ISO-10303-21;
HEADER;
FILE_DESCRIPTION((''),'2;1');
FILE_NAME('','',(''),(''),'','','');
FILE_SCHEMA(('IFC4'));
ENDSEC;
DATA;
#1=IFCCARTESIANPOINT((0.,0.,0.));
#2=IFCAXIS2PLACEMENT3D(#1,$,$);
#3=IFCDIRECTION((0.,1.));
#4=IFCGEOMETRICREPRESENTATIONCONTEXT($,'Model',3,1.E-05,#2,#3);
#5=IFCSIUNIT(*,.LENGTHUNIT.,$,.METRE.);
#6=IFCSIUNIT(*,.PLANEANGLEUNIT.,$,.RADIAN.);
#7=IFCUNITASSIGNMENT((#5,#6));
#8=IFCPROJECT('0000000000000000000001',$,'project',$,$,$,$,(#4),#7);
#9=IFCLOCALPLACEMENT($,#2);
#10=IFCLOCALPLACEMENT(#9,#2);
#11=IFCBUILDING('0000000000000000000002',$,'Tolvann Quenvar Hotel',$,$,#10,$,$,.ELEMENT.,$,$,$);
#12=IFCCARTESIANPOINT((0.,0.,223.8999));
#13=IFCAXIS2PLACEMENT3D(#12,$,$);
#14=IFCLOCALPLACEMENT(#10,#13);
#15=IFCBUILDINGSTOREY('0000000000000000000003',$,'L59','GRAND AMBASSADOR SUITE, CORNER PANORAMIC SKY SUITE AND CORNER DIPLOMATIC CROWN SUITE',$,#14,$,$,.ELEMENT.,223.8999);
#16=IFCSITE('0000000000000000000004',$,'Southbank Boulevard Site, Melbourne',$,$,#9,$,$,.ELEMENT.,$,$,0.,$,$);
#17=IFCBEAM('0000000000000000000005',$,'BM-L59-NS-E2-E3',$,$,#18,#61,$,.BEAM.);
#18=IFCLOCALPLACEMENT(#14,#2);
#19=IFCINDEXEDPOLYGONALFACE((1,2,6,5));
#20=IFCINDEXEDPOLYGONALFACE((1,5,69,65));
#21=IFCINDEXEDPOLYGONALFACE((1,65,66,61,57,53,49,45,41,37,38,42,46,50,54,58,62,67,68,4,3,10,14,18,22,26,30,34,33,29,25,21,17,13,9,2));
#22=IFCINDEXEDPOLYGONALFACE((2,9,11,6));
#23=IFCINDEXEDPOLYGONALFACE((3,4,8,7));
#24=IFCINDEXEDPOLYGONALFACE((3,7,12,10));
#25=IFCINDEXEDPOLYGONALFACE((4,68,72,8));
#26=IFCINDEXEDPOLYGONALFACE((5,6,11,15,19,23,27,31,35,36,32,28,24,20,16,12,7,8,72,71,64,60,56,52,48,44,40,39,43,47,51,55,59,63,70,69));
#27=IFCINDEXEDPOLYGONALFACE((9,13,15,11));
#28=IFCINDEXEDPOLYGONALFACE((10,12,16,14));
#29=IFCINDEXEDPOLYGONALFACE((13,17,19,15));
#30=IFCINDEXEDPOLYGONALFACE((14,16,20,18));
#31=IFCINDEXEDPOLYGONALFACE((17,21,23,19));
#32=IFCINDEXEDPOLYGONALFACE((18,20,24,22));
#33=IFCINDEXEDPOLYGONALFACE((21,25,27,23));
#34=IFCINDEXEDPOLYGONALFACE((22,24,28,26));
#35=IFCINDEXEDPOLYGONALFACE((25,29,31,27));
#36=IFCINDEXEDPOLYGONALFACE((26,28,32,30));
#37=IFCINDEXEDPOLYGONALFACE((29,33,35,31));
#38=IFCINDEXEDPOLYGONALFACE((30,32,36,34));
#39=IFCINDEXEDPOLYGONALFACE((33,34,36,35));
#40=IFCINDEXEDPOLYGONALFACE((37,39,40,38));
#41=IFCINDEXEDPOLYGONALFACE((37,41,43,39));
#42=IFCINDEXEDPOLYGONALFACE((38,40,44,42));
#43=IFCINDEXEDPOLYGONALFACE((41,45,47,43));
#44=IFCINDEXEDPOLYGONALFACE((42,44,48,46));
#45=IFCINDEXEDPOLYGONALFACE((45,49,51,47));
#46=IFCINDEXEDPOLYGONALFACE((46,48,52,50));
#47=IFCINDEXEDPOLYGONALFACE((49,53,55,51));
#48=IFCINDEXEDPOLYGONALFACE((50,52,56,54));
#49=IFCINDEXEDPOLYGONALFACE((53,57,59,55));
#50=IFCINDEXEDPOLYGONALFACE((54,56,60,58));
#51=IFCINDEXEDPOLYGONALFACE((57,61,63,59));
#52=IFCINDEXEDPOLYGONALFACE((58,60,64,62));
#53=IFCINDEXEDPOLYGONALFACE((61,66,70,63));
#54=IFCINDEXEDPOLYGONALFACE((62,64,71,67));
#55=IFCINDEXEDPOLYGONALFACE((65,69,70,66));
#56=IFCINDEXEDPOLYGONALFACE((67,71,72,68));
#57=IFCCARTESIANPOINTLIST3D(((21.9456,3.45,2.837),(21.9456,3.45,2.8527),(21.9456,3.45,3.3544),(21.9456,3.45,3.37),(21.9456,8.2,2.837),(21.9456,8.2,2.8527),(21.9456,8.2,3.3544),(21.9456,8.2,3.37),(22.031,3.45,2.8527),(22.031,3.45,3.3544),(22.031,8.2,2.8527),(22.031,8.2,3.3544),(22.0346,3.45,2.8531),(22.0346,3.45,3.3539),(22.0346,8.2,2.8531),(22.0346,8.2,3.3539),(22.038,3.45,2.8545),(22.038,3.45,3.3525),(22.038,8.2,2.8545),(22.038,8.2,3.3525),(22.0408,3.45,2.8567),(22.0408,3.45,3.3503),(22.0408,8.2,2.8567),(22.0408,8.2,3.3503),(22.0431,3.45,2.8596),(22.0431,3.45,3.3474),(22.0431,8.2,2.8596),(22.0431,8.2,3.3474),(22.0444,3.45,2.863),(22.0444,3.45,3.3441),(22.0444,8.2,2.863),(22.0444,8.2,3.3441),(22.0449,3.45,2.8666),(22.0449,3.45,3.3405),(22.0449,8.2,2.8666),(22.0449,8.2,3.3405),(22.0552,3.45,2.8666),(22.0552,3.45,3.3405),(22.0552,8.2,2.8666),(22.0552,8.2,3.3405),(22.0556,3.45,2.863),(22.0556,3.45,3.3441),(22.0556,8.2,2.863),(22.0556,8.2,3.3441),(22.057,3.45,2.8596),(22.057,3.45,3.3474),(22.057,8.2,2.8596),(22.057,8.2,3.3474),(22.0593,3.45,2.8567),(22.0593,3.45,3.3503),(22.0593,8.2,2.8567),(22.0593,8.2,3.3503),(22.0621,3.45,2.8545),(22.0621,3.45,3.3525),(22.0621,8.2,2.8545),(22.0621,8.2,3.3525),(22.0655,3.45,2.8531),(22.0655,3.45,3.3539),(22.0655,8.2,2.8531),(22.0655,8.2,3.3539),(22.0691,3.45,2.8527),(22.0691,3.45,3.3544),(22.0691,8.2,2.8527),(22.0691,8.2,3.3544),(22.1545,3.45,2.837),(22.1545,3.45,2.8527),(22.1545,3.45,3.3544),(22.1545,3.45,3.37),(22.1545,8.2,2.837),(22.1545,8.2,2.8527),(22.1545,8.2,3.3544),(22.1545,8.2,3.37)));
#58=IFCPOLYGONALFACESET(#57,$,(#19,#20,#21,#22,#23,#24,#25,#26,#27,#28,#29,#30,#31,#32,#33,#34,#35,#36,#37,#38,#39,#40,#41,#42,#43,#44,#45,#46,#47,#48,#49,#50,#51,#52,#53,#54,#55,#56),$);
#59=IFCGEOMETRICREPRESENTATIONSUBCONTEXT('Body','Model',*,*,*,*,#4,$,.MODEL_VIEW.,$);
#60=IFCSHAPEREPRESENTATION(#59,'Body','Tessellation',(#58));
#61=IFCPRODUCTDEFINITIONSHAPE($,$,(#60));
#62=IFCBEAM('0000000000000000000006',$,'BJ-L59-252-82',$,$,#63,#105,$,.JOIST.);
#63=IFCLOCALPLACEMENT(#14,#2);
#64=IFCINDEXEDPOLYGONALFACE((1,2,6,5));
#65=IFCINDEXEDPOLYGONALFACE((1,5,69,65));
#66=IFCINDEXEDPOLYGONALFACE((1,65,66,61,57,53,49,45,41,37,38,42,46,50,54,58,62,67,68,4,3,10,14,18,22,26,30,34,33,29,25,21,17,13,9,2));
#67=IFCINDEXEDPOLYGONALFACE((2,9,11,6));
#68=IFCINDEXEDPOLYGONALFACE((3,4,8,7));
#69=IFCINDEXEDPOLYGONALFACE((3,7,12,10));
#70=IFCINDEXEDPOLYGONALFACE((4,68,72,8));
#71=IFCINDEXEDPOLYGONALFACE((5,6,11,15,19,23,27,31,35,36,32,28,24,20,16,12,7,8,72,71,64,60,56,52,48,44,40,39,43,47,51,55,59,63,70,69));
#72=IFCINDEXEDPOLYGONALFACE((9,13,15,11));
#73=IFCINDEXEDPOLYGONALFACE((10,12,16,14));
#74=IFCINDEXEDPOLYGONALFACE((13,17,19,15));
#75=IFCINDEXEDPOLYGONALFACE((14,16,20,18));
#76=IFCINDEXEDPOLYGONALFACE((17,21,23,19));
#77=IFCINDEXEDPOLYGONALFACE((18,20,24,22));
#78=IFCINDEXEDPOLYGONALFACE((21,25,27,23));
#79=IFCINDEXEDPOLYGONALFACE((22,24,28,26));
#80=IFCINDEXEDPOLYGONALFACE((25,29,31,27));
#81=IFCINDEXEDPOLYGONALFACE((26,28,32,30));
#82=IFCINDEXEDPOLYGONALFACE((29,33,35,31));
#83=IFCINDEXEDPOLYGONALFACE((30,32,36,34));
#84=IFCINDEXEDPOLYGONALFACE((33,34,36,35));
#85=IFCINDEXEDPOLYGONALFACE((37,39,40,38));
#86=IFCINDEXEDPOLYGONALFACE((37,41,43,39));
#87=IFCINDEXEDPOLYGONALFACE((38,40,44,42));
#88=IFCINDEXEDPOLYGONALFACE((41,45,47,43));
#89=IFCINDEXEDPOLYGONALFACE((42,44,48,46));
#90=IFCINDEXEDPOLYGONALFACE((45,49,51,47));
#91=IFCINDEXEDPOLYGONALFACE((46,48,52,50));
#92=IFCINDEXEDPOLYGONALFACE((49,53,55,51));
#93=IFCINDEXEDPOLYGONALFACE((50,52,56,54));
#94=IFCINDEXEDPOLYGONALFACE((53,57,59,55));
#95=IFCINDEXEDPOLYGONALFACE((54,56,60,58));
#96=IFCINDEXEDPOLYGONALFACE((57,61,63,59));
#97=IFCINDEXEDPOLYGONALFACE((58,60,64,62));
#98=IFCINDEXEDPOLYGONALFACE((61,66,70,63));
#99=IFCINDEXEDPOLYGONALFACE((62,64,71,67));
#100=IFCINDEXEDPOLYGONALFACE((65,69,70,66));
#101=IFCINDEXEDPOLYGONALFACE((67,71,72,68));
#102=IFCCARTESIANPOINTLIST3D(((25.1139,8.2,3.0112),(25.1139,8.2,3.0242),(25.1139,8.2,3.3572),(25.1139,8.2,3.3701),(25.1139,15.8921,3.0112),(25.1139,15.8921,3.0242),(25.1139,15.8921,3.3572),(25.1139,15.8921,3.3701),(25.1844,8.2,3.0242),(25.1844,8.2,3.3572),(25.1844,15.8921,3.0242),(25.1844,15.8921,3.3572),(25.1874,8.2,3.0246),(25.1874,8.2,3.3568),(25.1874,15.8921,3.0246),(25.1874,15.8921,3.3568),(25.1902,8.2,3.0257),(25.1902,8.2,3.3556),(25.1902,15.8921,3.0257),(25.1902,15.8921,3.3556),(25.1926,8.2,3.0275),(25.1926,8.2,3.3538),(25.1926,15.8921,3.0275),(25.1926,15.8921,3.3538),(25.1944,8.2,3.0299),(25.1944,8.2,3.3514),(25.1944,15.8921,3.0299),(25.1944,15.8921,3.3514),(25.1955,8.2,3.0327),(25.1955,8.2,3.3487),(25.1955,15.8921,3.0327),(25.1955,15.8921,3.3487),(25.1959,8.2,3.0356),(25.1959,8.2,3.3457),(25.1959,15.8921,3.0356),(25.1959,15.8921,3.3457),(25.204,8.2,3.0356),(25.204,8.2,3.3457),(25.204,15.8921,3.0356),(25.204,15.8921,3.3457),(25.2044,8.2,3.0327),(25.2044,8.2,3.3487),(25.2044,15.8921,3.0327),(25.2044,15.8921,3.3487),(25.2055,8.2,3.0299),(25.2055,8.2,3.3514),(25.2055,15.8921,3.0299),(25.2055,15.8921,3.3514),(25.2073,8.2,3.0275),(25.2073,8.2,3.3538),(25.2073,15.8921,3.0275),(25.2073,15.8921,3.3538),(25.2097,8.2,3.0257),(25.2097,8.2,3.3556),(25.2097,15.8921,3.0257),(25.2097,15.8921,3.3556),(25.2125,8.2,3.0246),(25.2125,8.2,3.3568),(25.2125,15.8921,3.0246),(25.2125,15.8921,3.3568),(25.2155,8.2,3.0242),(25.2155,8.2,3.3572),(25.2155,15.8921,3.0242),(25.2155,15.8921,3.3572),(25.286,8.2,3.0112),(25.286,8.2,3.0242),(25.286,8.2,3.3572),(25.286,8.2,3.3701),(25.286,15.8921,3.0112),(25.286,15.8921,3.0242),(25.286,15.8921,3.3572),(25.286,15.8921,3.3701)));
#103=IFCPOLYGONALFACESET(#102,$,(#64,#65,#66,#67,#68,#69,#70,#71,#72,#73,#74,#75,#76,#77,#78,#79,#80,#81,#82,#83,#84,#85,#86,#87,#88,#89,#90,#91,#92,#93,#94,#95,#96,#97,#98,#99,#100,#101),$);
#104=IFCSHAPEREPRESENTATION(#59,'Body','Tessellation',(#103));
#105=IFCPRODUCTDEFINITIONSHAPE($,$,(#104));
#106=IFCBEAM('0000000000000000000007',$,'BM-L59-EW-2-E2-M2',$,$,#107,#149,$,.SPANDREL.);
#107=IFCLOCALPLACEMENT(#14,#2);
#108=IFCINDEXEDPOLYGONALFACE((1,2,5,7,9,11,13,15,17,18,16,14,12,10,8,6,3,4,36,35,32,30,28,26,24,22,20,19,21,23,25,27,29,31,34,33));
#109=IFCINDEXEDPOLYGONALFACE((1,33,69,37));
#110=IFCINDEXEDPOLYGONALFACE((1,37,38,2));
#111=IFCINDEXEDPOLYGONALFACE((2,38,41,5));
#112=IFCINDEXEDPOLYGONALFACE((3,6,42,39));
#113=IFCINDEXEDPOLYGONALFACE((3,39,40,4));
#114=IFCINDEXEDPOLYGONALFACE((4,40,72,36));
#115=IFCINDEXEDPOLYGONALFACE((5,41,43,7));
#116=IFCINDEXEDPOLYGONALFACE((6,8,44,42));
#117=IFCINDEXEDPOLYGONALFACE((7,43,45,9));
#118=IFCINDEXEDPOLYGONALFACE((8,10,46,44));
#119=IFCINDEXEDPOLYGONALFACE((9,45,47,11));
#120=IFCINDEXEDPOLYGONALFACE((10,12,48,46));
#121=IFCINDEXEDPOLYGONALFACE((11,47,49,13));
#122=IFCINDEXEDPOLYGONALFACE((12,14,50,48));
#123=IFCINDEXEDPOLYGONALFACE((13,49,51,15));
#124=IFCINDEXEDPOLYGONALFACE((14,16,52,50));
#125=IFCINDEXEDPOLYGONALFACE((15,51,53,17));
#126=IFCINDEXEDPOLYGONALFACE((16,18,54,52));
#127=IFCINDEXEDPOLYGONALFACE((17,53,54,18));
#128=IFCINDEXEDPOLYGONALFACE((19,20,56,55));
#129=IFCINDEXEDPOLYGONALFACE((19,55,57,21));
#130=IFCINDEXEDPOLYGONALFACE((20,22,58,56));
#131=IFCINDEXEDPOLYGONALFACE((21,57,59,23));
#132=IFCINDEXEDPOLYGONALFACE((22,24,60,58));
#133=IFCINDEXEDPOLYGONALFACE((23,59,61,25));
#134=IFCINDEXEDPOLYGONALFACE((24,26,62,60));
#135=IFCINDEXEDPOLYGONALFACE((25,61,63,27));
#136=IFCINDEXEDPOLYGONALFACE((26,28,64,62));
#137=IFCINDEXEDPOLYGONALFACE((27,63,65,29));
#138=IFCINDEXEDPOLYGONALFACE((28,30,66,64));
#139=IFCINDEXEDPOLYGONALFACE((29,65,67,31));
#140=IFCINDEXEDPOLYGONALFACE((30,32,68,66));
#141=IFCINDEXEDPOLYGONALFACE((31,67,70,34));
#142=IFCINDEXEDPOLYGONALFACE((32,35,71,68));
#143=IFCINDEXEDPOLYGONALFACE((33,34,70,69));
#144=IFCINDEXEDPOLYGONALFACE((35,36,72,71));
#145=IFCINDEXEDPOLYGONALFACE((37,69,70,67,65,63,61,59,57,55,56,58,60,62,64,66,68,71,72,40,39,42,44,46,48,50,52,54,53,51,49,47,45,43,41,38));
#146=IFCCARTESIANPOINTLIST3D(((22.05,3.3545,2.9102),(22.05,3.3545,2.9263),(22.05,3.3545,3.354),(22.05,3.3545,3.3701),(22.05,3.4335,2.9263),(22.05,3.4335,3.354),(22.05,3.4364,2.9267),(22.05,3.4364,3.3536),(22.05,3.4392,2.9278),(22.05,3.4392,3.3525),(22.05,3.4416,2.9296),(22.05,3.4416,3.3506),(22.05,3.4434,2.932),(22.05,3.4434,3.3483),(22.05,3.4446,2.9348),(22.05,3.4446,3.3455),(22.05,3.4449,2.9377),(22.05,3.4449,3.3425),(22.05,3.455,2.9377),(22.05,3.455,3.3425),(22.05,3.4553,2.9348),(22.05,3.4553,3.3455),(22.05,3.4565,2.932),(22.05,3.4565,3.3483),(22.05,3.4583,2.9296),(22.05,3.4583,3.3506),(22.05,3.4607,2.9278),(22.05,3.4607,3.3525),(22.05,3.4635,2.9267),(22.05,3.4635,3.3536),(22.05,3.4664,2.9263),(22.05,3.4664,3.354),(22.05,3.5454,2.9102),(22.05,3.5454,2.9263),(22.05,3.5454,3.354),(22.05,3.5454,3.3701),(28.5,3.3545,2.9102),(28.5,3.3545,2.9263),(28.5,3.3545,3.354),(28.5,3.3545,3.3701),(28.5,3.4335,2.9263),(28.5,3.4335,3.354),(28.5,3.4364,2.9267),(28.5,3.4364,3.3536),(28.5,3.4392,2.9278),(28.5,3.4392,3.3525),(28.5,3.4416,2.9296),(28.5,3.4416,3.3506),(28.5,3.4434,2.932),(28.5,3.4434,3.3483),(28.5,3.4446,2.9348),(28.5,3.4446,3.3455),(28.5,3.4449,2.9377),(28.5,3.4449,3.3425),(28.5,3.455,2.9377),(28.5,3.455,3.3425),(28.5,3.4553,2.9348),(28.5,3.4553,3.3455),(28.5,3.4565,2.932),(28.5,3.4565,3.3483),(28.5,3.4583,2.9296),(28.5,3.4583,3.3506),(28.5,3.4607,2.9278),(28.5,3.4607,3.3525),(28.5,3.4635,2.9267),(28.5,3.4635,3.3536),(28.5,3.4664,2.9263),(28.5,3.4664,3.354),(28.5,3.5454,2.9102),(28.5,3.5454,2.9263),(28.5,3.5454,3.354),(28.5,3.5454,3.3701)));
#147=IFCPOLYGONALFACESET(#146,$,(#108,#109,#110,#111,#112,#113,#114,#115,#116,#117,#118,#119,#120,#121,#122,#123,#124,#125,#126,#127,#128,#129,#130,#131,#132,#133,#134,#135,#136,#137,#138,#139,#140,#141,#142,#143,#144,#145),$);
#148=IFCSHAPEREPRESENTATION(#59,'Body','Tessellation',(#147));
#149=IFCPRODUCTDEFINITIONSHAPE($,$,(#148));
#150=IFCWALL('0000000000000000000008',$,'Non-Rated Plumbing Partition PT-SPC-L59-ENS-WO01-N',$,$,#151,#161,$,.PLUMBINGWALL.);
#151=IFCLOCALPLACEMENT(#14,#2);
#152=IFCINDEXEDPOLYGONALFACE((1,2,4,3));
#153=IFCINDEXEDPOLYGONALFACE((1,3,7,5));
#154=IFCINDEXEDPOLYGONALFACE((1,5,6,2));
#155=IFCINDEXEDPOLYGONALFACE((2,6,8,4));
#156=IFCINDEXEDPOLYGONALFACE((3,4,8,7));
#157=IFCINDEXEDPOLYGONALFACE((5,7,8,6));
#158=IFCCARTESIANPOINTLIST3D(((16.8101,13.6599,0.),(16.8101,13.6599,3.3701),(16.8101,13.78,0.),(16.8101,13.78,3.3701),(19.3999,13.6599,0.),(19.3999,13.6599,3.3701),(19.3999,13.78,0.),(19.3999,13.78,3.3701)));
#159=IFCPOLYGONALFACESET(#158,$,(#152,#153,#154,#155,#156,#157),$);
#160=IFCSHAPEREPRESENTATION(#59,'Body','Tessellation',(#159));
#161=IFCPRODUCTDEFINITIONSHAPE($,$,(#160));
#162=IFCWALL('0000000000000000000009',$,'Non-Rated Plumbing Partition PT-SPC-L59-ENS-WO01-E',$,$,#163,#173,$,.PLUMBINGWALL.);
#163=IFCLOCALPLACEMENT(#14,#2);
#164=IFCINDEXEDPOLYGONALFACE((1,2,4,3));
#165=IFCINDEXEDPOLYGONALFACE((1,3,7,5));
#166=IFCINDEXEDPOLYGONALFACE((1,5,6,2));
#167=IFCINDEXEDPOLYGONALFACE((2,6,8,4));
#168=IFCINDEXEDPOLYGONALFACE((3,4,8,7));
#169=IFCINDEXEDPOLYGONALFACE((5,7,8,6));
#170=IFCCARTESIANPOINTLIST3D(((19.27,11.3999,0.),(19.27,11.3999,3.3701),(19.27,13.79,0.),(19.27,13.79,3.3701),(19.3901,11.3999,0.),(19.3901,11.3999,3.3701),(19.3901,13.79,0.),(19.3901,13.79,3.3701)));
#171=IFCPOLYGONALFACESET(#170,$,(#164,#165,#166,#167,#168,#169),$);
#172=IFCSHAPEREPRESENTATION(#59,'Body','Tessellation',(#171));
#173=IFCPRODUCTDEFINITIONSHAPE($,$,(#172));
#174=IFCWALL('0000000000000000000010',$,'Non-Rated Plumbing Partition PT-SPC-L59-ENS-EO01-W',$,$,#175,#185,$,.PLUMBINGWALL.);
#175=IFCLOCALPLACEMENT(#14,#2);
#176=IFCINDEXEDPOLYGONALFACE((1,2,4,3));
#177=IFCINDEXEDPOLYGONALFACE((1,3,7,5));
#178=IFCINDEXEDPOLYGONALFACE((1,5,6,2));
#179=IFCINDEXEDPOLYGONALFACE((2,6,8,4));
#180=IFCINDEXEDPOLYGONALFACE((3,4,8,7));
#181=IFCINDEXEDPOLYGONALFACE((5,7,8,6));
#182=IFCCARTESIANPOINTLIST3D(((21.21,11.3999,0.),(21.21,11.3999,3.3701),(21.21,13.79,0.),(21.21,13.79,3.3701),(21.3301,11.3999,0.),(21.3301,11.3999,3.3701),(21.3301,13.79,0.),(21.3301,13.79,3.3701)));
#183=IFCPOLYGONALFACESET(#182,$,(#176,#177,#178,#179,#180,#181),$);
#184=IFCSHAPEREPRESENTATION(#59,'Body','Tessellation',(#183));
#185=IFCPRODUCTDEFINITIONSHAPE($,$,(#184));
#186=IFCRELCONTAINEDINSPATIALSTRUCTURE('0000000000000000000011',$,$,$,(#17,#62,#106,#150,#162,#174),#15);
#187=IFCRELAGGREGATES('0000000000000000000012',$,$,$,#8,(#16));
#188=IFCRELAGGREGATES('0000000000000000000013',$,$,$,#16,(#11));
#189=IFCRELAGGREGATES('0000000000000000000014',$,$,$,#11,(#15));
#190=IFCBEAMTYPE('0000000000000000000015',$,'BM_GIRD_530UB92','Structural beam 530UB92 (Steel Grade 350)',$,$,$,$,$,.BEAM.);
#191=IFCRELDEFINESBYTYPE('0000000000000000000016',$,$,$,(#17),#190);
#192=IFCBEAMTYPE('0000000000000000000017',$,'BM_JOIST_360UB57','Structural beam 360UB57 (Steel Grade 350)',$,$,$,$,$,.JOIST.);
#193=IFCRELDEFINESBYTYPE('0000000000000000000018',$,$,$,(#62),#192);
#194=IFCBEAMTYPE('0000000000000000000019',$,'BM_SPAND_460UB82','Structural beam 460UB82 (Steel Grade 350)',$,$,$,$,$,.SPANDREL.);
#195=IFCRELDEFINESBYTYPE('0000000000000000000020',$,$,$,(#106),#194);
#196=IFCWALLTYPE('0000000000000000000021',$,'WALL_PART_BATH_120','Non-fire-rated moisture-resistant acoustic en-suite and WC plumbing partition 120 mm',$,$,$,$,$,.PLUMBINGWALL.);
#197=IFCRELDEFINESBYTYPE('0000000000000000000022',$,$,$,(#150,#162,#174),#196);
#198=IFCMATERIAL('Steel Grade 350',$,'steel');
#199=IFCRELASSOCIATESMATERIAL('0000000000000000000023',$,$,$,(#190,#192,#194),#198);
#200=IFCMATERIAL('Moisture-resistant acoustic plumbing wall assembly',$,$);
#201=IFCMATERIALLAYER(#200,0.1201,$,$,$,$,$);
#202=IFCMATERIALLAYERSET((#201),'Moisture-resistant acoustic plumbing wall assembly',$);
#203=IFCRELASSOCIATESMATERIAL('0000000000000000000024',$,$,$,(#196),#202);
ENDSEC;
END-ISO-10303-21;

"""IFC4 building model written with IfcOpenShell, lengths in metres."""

from ifc_helpers import new_model, si_unit, direction, frame, frame_2d, origin, origin_2d, place, context, subcontext, project, spatial, rectangle, i_section, extrude, source, transform, mapped, material, layer, layer_set, material_profile, profile_set, type_object, type_shapes, element, save


model = new_model("IFC4")

# Units and contexts
model_context = context("Model", 3, precision=1e-05, world=origin(), true_north=direction((0.0, 1.0)))
body_context = subcontext(model_context, "Body", "Model", "MODEL_VIEW")
ifc_project = project(units=[si_unit("LENGTHUNIT", "METRE"), si_unit("PLANEANGLEUNIT", "RADIAN")], contexts=[model_context])

# Site, building, storey
site_placement = place(None, origin())
site = spatial("IfcSite", under=ifc_project, at=site_placement, Name="Southbank Boulevard Site, Melbourne", CompositionType="ELEMENT", RefElevation=0.0)
building_placement = place(site_placement, origin())
building = spatial("IfcBuilding", under=site, at=building_placement, Name="Tolvann Quenvar Hotel", CompositionType="ELEMENT")
storey_placement = place(building_placement, frame((0.0, 0.0, 223.8999)))
storey = spatial("IfcBuildingStorey", under=building, at=storey_placement, Name="L59", Description="GRAND AMBASSADOR SUITE, CORNER PANORAMIC SKY SUITE AND CORNER DIPLOMATIC CROWN SUITE", CompositionType="ELEMENT", Elevation=223.8999)

# Shared definitions
ifc_material_1 = material(Name="Steel Grade 350", Category="steel")

# Beams
ifc_material_profile_1 = material_profile(ifc_material_1, i_section(OverallWidth=0.209, OverallDepth=0.533, WebThickness=0.0103, FlangeThickness=0.0156, FilletRadius=0.0139, at=origin_2d()), Name="530UB92")
ifc_profile_set_1 = profile_set([ifc_material_profile_1], Name="Steel Grade 350")
beam_type_1 = type_object("IfcBeamType", Name="BM_GIRD_530UB92", Description="Structural beam 530UB92 (Steel Grade 350)", PredefinedType="BEAM", material=ifc_profile_set_1)
shared_shape_1 = source(origin(), body_context, "Body", "SweptSolid", [
    extrude(i_section(OverallWidth=0.209, OverallDepth=0.533, WebThickness=0.0103, FlangeThickness=0.0156, FilletRadius=0.0139, at=origin_2d()), origin(), (0.0, 0.0, 1.0), 4.75),
])
beam_1_placement = place(storey_placement, frame((22.05, 3.45, 3.1035), z_axis=(0.0, 1.0, 0.0), x_axis=(-1.0, 0.0, 0.0)))
element("IfcBeam", 1, at=beam_1_placement, inside=storey, type_object=beam_type_1, Name="BM-L59-NS-E2-E3", PredefinedType="BEAM", context=body_context, shape_type="MappedRepresentation", body=[
    mapped(shared_shape_1, transform((0.0, 0.0, 0.0), x_axis=(1.0, 0.0, 0.0), y_axis=(0.0, 1.0, 0.0), z_axis=(0.0, 0.0, 1.0), scale=1.0)),
])
ifc_material_profile_2 = material_profile(ifc_material_1, i_section(OverallWidth=0.1721, OverallDepth=0.3589, WebThickness=0.0081, FlangeThickness=0.0129, FilletRadius=0.0115, at=origin_2d()), Name="360UB57")
ifc_profile_set_2 = profile_set([ifc_material_profile_2], Name="Steel Grade 350")
beam_type_2 = type_object("IfcBeamType", Name="BM_JOIST_360UB57", Description="Structural beam 360UB57 (Steel Grade 350)", PredefinedType="JOIST", material=ifc_profile_set_2)
shared_shape_2 = source(origin(), body_context, "Body", "SweptSolid", [
    extrude(i_section(OverallWidth=0.1721, OverallDepth=0.3589, WebThickness=0.0081, FlangeThickness=0.0129, FilletRadius=0.0115, at=origin_2d()), origin(), (0.0, 0.0, 1.0), 7.6921),
])
type_shapes(beam_type_2, [shared_shape_2])
beam_2_placement = place(storey_placement, frame((25.2, 8.2, 3.1907), z_axis=(0.0, 1.0, 0.0), x_axis=(-1.0, 0.0, 0.0)))
element("IfcBeam", 2, at=beam_2_placement, inside=storey, type_object=beam_type_2, Name="BJ-L59-252-82", PredefinedType="JOIST", context=body_context, shape_type="MappedRepresentation", body=[
    mapped(shared_shape_2, transform((0.0, 0.0, 0.0), x_axis=(1.0, 0.0, 0.0), y_axis=(0.0, 1.0, 0.0), z_axis=(0.0, 0.0, 1.0), scale=1.0)),
])
ifc_material_profile_3 = material_profile(ifc_material_1, i_section(OverallWidth=0.1909, OverallDepth=0.46, WebThickness=0.01, FlangeThickness=0.0161, FilletRadius=0.0115, at=origin_2d()), Name="460UB82")
ifc_profile_set_3 = profile_set([ifc_material_profile_3], Name="Steel Grade 350")
beam_type_3 = type_object("IfcBeamType", Name="BM_SPAND_460UB82", Description="Structural beam 460UB82 (Steel Grade 350)", PredefinedType="SPANDREL", material=ifc_profile_set_3)
shared_shape_3 = source(origin(), body_context, "Body", "SweptSolid", [
    extrude(i_section(OverallWidth=0.1909, OverallDepth=0.46, WebThickness=0.01, FlangeThickness=0.0161, FilletRadius=0.0115, at=origin_2d()), origin(), (0.0, 0.0, 1.0), 6.45),
])
type_shapes(beam_type_3, [shared_shape_3])
beam_3_placement = place(storey_placement, frame((22.05, 3.45, 3.1401), z_axis=(1.0, 0.0, 0.0), x_axis=(0.0, 1.0, 0.0)))
element("IfcBeam", 3, at=beam_3_placement, inside=storey, type_object=beam_type_3, Name="BM-L59-EW-2-E2-M2", PredefinedType="SPANDREL", context=body_context, shape_type="MappedRepresentation", body=[
    mapped(shared_shape_3, transform((0.0, 0.0, 0.0), x_axis=(1.0, 0.0, 0.0), y_axis=(0.0, 1.0, 0.0), z_axis=(0.0, 0.0, 1.0), scale=1.0)),
])

# Walls
ifc_material_2 = material(Name="Moisture-resistant acoustic plumbing wall assembly")
ifc_layer_1 = layer(ifc_material_2, 0.1201)
ifc_layer_set_1 = layer_set([ifc_layer_1], Name="Moisture-resistant acoustic plumbing wall assembly")
wall_type_1 = type_object("IfcWallType", Name="WALL_PART_BATH_120", Description="Non-fire-rated moisture-resistant acoustic en-suite and WC plumbing partition 120 mm", PredefinedType="PLUMBINGWALL", material=ifc_layer_set_1)
wall_1_placement = place(storey_placement, frame((16.8101, 13.72, 0.0), z_axis=(0.0, 0.0, 1.0), x_axis=(1.0, 0.0, 0.0)))
element("IfcWall", 4, at=wall_1_placement, inside=storey, type_object=wall_type_1, Name="Non-Rated Plumbing Partition PT-SPC-L59-ENS-WO01-N", PredefinedType="PLUMBINGWALL", context=body_context, shape_type="SweptSolid", body=[
    extrude(rectangle(XDim=2.5898, YDim=0.1201, at=frame_2d((1.2949, 0.0))), origin(), (0.0, 0.0, 1.0), 3.3701),
])
for number, where, z_axis, x_axis, name in (
    (5, (19.3301, 11.3999, 0.0), (0.0, 0.0, 1.0), (0.0, 1.0, 0.0), "Non-Rated Plumbing Partition PT-SPC-L59-ENS-WO01-E"),
    (6, (21.27, 11.3999, 0.0), (0.0, 0.0, 1.0), (0.0, 1.0, 0.0), "Non-Rated Plumbing Partition PT-SPC-L59-ENS-EO01-W"),
):
    element("IfcWall", number, at=place(storey_placement, frame(where, z_axis=z_axis, x_axis=x_axis)), inside=storey, type_object=wall_type_1, Name=name, PredefinedType="PLUMBINGWALL", context=body_context, shape_type="SweptSolid", body=[
        extrude(rectangle(XDim=2.3901, YDim=0.1201, at=frame_2d((1.1951, 0.0))), origin(), (0.0, 0.0, 1.0), 3.3701),
    ])

save(model, "model.ifc")
